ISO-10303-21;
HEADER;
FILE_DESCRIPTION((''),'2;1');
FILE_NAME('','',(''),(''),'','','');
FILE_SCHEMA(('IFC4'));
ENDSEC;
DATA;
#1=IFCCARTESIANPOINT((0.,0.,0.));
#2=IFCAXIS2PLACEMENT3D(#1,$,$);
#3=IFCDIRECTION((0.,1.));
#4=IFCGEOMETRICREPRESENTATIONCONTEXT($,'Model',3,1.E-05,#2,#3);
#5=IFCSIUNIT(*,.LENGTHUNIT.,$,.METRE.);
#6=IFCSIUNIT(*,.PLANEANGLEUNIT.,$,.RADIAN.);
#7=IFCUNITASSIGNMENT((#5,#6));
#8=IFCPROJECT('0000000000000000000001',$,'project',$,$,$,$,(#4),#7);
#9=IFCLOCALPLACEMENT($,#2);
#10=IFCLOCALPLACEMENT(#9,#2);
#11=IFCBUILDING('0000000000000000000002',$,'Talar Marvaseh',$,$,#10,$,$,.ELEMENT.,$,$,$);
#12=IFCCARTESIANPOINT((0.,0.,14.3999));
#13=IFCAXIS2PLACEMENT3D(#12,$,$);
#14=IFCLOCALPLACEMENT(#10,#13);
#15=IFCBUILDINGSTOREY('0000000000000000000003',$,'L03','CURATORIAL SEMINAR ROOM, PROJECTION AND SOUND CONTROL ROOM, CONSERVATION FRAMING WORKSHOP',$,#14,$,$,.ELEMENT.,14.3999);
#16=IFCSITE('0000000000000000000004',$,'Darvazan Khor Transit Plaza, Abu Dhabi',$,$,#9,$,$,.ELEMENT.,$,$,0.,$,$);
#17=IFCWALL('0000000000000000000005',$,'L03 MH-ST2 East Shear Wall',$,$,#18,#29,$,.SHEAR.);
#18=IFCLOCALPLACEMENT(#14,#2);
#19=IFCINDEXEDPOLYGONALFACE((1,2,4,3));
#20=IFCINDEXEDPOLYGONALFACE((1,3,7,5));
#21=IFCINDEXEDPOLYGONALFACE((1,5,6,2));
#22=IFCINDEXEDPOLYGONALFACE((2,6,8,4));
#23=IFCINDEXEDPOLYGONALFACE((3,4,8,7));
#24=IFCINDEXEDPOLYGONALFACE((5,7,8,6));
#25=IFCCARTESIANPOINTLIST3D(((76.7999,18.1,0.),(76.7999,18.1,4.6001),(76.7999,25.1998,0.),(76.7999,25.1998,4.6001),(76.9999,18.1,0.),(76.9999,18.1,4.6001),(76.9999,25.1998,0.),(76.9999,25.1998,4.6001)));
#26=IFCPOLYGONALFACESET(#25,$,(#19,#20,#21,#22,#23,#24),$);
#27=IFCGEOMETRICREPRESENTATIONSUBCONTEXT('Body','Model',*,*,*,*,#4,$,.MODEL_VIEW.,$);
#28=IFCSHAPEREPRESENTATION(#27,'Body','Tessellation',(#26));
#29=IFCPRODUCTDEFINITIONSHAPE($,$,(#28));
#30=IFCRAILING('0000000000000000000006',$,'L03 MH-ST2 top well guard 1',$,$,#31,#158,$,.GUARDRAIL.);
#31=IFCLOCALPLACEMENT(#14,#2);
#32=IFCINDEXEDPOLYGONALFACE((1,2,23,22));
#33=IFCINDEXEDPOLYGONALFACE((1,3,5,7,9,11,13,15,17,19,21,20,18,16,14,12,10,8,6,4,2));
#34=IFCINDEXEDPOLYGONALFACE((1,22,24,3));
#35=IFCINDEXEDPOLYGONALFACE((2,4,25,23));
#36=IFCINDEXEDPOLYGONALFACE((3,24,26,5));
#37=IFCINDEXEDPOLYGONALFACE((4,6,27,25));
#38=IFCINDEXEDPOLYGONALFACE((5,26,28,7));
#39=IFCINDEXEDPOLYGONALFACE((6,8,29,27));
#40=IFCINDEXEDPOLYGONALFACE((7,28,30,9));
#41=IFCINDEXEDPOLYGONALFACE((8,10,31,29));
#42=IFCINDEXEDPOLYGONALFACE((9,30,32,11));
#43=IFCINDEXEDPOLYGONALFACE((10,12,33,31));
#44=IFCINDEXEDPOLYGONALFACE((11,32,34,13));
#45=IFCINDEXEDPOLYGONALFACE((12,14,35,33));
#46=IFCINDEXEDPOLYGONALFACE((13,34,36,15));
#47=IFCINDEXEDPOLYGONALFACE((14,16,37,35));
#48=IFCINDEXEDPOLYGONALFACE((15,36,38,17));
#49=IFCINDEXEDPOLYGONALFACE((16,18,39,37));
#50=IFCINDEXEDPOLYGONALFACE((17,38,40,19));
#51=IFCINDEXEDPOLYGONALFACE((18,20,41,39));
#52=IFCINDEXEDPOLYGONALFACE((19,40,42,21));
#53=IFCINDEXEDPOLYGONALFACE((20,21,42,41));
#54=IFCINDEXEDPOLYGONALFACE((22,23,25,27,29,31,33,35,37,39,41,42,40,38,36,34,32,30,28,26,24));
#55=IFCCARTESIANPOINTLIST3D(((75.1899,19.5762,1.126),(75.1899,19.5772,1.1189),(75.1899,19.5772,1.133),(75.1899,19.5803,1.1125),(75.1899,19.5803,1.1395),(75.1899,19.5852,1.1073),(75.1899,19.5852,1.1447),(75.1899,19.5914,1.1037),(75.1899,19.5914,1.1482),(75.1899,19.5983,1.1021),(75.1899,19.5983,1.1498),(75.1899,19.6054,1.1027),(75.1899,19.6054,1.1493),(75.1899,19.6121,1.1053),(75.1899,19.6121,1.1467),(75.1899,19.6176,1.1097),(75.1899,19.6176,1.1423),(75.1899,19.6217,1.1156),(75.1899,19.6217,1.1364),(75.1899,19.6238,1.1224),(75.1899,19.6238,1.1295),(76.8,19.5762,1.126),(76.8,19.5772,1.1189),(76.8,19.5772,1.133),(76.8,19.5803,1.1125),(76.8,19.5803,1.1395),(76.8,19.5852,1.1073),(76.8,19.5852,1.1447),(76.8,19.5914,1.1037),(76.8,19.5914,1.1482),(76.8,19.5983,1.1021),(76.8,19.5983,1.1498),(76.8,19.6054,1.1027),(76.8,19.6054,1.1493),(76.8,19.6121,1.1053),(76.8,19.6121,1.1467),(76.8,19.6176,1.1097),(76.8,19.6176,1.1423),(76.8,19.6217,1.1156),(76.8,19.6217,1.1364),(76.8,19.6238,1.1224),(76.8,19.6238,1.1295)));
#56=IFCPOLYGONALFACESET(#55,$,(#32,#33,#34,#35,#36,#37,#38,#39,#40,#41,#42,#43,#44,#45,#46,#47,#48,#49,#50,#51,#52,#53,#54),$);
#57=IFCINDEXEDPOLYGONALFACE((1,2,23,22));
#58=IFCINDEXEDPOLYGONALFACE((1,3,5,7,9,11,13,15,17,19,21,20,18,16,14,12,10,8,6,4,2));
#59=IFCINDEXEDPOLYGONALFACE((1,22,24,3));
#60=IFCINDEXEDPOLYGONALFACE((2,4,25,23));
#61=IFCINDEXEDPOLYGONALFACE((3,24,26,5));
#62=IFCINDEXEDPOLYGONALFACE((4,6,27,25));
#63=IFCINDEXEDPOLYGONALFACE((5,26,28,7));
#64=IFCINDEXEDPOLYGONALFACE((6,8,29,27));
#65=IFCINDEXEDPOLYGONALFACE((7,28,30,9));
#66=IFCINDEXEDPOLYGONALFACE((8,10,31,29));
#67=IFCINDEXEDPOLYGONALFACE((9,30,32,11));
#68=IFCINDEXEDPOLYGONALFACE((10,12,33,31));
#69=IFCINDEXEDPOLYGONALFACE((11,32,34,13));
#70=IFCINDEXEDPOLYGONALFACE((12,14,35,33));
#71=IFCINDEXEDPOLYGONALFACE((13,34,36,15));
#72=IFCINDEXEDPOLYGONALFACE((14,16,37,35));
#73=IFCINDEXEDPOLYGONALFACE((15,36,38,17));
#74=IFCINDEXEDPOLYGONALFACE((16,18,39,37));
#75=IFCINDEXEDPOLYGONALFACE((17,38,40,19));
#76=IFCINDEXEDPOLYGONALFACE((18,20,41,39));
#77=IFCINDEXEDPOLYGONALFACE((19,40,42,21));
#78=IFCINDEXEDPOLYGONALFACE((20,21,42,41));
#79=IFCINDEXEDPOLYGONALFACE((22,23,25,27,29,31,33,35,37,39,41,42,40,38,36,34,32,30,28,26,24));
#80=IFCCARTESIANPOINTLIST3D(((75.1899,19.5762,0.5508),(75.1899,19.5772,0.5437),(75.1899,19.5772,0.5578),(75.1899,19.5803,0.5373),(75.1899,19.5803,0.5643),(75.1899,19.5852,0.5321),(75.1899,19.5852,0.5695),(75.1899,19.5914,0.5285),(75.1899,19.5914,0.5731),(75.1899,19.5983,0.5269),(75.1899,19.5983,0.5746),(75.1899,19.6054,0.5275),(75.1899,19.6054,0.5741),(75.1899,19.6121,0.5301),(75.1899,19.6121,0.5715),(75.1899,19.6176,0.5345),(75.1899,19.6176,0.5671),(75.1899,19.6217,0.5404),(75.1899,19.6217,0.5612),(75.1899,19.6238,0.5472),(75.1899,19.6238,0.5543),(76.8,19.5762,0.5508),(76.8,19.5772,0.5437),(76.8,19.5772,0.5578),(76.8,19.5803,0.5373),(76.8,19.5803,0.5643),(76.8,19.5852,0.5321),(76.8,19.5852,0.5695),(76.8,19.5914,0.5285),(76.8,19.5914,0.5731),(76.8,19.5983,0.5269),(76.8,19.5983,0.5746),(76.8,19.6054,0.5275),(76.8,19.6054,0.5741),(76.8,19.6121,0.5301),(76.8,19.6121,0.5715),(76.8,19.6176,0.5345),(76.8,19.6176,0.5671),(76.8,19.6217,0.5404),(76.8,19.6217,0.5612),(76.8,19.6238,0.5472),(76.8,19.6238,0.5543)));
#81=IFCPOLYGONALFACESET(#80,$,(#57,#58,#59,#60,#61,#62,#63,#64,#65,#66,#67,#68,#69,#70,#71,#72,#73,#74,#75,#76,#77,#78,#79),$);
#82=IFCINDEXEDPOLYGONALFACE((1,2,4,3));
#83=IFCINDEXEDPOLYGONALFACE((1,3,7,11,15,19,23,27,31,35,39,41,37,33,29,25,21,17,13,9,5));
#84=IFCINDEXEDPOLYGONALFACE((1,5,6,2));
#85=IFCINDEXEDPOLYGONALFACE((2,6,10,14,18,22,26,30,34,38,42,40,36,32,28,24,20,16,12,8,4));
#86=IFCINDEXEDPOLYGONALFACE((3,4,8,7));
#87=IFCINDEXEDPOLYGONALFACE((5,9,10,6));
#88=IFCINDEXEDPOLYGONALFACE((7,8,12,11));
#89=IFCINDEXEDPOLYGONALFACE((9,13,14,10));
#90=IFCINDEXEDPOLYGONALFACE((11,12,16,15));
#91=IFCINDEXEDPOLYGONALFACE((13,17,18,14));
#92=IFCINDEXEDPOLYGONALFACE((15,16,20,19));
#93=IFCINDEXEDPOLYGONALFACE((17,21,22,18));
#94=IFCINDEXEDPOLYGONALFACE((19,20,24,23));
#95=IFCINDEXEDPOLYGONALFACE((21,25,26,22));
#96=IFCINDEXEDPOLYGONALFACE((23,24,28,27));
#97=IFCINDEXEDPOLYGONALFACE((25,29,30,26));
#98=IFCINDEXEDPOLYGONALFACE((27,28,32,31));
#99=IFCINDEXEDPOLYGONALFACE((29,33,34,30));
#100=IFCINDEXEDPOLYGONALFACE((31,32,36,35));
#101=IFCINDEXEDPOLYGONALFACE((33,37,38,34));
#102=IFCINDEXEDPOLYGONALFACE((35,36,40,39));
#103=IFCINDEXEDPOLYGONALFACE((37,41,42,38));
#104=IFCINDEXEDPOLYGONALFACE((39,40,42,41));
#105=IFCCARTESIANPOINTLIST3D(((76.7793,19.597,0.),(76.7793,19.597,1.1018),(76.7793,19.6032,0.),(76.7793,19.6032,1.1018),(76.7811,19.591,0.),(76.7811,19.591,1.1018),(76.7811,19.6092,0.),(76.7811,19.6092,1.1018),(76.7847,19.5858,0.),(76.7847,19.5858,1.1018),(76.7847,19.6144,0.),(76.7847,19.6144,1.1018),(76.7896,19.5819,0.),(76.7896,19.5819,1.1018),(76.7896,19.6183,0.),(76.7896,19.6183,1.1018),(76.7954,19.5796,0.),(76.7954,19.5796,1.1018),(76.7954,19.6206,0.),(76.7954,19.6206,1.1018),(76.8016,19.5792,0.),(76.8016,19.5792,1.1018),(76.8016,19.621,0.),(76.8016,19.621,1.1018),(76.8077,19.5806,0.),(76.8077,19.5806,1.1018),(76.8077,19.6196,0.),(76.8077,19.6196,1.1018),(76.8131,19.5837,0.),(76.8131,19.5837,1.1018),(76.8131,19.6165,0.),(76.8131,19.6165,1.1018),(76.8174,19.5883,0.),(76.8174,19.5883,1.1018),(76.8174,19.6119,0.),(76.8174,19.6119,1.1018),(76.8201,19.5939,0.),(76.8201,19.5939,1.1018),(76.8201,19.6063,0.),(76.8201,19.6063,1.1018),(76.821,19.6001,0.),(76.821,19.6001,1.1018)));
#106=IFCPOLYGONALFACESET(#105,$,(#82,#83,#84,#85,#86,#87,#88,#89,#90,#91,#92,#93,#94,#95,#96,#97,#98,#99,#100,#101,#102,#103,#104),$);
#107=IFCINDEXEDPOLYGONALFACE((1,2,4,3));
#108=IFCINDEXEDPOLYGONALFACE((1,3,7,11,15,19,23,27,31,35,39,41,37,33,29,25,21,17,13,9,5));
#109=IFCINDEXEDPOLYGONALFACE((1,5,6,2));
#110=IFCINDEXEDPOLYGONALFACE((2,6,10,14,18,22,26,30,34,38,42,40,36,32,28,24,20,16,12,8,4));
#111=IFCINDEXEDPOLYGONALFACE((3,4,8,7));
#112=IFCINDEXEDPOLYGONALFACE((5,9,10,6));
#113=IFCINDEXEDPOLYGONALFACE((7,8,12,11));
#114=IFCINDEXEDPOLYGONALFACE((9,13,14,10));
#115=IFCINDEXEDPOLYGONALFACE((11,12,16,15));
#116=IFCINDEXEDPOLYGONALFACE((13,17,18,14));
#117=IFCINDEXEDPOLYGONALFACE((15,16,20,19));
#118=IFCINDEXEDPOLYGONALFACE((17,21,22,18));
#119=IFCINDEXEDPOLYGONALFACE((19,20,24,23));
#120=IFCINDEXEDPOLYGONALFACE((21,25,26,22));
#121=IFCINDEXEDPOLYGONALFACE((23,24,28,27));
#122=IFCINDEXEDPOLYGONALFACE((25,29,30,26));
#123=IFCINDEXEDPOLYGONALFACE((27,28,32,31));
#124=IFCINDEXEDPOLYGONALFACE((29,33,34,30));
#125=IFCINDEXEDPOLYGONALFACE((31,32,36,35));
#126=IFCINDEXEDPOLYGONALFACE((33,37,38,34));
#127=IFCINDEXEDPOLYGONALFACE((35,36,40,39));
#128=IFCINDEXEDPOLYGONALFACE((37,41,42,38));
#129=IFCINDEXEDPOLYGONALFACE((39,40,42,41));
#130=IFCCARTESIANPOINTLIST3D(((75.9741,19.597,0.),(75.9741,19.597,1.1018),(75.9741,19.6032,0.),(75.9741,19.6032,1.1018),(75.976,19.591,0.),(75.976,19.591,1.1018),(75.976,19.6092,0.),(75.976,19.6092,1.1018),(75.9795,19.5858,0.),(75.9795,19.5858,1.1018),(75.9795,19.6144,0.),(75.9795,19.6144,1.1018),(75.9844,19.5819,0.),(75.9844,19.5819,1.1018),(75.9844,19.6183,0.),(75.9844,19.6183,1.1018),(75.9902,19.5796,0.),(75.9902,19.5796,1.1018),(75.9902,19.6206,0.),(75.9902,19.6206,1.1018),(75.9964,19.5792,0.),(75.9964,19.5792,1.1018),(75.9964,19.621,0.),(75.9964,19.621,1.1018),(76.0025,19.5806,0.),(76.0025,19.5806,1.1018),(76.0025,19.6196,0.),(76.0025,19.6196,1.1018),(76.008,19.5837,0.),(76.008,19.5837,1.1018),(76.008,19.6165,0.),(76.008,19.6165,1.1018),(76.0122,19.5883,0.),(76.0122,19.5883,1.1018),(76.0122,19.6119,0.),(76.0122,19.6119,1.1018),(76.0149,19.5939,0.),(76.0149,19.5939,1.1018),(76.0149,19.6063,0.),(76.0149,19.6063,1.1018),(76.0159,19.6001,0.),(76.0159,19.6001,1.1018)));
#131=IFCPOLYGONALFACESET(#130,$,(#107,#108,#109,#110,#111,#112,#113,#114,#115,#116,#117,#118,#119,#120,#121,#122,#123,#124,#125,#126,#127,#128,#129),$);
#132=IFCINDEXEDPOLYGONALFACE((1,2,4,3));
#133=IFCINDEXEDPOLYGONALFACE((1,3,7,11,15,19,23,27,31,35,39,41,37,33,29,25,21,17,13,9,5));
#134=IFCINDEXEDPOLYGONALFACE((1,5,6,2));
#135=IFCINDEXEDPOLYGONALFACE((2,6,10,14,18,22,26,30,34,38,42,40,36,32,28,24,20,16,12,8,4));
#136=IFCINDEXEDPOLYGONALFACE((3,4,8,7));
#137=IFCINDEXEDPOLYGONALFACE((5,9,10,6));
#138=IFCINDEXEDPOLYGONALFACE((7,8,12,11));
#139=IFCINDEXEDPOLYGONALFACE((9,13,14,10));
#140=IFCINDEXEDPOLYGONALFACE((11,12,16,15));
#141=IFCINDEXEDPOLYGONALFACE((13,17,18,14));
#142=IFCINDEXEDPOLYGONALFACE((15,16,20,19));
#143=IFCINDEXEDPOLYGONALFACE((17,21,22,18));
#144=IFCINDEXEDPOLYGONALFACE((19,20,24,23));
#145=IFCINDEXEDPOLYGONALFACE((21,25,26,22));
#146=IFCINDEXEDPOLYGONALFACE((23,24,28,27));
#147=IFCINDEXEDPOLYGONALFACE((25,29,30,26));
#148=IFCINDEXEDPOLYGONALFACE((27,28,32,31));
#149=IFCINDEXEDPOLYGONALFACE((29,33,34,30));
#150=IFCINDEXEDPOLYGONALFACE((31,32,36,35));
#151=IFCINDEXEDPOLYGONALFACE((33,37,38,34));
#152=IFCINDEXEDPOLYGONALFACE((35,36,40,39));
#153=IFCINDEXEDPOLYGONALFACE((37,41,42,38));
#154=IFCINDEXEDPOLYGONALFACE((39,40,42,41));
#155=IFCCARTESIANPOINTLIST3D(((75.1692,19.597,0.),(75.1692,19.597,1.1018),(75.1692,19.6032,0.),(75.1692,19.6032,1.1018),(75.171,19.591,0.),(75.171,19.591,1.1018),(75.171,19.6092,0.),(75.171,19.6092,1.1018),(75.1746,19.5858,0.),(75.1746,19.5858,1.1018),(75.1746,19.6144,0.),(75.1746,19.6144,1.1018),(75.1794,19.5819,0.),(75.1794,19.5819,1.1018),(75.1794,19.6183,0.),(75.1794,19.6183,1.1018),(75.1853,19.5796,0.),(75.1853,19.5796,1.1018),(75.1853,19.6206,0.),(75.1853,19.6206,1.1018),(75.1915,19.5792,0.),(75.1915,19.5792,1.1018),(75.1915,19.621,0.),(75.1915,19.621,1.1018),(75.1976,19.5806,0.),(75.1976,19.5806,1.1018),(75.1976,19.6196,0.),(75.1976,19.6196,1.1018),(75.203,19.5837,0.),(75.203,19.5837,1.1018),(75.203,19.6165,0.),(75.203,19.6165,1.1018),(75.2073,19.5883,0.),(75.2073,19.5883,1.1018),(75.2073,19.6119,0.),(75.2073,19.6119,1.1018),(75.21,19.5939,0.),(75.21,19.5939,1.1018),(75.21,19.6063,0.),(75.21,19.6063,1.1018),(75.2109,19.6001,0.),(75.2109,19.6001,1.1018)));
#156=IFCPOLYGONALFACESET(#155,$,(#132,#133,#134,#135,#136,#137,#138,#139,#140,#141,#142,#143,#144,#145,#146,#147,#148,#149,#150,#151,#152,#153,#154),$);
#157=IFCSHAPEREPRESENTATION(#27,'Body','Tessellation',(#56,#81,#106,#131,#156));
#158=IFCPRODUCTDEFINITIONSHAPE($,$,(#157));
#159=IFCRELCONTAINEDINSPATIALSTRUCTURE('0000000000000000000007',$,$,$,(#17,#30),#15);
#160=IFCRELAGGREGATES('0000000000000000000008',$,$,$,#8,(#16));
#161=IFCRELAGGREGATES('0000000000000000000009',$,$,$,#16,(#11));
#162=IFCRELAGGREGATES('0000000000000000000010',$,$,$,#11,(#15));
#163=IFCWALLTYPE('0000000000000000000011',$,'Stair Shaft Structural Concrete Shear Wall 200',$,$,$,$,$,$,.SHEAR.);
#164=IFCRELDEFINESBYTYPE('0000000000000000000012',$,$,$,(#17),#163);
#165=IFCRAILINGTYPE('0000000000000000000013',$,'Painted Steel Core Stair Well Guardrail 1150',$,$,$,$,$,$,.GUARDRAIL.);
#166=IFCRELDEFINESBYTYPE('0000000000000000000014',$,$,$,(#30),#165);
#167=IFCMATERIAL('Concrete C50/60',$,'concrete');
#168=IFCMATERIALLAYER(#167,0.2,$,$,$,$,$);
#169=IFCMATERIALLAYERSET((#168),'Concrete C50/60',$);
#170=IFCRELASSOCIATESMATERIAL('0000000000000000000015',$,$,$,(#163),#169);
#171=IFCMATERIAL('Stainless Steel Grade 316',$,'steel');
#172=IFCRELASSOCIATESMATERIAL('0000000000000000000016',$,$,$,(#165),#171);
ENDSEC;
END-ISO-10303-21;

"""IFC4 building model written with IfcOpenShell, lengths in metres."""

from ifc_helpers import new_model, si_unit, direction, frame, frame_2d, origin, origin_2d, place, context, subcontext, project, spatial, rectangle, circle, extrude, material, layer, layer_set, type_object, element, save


model = new_model("IFC4")

# Units and contexts
model_context = context("Model", 3, precision=1e-05, world=origin(), true_north=direction((0.0, 1.0)))
body_context = subcontext(model_context, "Body", "Model", "MODEL_VIEW")
ifc_project = project(units=[si_unit("LENGTHUNIT", "METRE"), si_unit("PLANEANGLEUNIT", "RADIAN")], contexts=[model_context])

# Site, building, storey
site_placement = place(None, origin())
site = spatial("IfcSite", under=ifc_project, at=site_placement, Name="Darvazan Khor Transit Plaza, Abu Dhabi", CompositionType="ELEMENT", RefElevation=0.0)
building_placement = place(site_placement, origin())
building = spatial("IfcBuilding", under=site, at=building_placement, Name="Talar Marvaseh", CompositionType="ELEMENT")
storey_placement = place(building_placement, frame((0.0, 0.0, 14.3999)))
storey = spatial("IfcBuildingStorey", under=building, at=storey_placement, Name="L03", Description="CURATORIAL SEMINAR ROOM, PROJECTION AND SOUND CONTROL ROOM, CONSERVATION FRAMING WORKSHOP", CompositionType="ELEMENT", Elevation=14.3999)

# Shared definitions
ifc_material_1 = material(Name="Concrete C50/60", Category="concrete")
ifc_layer_1 = layer(ifc_material_1, 0.2)
ifc_layer_set_1 = layer_set([ifc_layer_1], Name="Concrete C50/60")
wall_type_1 = type_object("IfcWallType", Name="Stair Shaft Structural Concrete Shear Wall 200", PredefinedType="SHEAR", material=ifc_layer_set_1)

# Wall
for number, where, z_axis, x_axis, name in (
    (1, (76.8999, 18.1001, 0.0), (0.0, 0.0, 1.0), (0.0, 1.0, 0.0), "L03 MH-ST2 East Shear Wall"),
):
    element("IfcWall", number, at=place(storey_placement, frame(where, z_axis=z_axis, x_axis=x_axis)), inside=storey, type_object=wall_type_1, Name=name, PredefinedType="SHEAR", context=body_context, shape_type="SweptSolid", body=[
        extrude(rectangle(XDim=7.0999, YDim=0.2, at=frame_2d((3.5498, 0.0))), origin(), (0.0, 0.0, 1.0), 4.6001),
    ])

# Railing
ifc_material_2 = material(Name="Stainless Steel Grade 316", Category="steel")
railing_type_1 = type_object("IfcRailingType", Name="Painted Steel Core Stair Well Guardrail 1150", PredefinedType="GUARDRAIL", material=ifc_material_2)
railing_1_placement = place(storey_placement, frame((76.8, 19.6001, 0.0)))
element("IfcRailing", 2, at=railing_1_placement, inside=storey, type_object=railing_type_1, Name="L03 MH-ST2 top well guard 1", PredefinedType="GUARDRAIL", context=body_context, shape_type="SweptSolid", body=[
    extrude(circle(Radius=0.0239, at=origin_2d()), frame((0.0, 0.0, 1.126), z_axis=(-1.0, 0.0, 0.0), x_axis=(0.0, -1.0, 0.0)), (0.0, 0.0, 1.0), 1.6101),
    extrude(circle(Radius=0.0239, at=origin_2d()), frame((0.0, 0.0, 0.5508), z_axis=(-1.0, 0.0, 0.0), x_axis=(0.0, -1.0, 0.0)), (0.0, 0.0, 1.0), 1.6101),
    extrude(circle(Radius=0.021, at=origin_2d()), origin(), (0.0, 0.0, 1.0), 1.1018),
    extrude(circle(Radius=0.021, at=origin_2d()), frame((-0.8052, 0.0, 0.0)), (0.0, 0.0, 1.0), 1.1018),
    extrude(circle(Radius=0.021, at=origin_2d()), frame((-1.6101, 0.0, 0.0)), (0.0, 0.0, 1.0), 1.1018),
])

save(model, "model.ifc")
